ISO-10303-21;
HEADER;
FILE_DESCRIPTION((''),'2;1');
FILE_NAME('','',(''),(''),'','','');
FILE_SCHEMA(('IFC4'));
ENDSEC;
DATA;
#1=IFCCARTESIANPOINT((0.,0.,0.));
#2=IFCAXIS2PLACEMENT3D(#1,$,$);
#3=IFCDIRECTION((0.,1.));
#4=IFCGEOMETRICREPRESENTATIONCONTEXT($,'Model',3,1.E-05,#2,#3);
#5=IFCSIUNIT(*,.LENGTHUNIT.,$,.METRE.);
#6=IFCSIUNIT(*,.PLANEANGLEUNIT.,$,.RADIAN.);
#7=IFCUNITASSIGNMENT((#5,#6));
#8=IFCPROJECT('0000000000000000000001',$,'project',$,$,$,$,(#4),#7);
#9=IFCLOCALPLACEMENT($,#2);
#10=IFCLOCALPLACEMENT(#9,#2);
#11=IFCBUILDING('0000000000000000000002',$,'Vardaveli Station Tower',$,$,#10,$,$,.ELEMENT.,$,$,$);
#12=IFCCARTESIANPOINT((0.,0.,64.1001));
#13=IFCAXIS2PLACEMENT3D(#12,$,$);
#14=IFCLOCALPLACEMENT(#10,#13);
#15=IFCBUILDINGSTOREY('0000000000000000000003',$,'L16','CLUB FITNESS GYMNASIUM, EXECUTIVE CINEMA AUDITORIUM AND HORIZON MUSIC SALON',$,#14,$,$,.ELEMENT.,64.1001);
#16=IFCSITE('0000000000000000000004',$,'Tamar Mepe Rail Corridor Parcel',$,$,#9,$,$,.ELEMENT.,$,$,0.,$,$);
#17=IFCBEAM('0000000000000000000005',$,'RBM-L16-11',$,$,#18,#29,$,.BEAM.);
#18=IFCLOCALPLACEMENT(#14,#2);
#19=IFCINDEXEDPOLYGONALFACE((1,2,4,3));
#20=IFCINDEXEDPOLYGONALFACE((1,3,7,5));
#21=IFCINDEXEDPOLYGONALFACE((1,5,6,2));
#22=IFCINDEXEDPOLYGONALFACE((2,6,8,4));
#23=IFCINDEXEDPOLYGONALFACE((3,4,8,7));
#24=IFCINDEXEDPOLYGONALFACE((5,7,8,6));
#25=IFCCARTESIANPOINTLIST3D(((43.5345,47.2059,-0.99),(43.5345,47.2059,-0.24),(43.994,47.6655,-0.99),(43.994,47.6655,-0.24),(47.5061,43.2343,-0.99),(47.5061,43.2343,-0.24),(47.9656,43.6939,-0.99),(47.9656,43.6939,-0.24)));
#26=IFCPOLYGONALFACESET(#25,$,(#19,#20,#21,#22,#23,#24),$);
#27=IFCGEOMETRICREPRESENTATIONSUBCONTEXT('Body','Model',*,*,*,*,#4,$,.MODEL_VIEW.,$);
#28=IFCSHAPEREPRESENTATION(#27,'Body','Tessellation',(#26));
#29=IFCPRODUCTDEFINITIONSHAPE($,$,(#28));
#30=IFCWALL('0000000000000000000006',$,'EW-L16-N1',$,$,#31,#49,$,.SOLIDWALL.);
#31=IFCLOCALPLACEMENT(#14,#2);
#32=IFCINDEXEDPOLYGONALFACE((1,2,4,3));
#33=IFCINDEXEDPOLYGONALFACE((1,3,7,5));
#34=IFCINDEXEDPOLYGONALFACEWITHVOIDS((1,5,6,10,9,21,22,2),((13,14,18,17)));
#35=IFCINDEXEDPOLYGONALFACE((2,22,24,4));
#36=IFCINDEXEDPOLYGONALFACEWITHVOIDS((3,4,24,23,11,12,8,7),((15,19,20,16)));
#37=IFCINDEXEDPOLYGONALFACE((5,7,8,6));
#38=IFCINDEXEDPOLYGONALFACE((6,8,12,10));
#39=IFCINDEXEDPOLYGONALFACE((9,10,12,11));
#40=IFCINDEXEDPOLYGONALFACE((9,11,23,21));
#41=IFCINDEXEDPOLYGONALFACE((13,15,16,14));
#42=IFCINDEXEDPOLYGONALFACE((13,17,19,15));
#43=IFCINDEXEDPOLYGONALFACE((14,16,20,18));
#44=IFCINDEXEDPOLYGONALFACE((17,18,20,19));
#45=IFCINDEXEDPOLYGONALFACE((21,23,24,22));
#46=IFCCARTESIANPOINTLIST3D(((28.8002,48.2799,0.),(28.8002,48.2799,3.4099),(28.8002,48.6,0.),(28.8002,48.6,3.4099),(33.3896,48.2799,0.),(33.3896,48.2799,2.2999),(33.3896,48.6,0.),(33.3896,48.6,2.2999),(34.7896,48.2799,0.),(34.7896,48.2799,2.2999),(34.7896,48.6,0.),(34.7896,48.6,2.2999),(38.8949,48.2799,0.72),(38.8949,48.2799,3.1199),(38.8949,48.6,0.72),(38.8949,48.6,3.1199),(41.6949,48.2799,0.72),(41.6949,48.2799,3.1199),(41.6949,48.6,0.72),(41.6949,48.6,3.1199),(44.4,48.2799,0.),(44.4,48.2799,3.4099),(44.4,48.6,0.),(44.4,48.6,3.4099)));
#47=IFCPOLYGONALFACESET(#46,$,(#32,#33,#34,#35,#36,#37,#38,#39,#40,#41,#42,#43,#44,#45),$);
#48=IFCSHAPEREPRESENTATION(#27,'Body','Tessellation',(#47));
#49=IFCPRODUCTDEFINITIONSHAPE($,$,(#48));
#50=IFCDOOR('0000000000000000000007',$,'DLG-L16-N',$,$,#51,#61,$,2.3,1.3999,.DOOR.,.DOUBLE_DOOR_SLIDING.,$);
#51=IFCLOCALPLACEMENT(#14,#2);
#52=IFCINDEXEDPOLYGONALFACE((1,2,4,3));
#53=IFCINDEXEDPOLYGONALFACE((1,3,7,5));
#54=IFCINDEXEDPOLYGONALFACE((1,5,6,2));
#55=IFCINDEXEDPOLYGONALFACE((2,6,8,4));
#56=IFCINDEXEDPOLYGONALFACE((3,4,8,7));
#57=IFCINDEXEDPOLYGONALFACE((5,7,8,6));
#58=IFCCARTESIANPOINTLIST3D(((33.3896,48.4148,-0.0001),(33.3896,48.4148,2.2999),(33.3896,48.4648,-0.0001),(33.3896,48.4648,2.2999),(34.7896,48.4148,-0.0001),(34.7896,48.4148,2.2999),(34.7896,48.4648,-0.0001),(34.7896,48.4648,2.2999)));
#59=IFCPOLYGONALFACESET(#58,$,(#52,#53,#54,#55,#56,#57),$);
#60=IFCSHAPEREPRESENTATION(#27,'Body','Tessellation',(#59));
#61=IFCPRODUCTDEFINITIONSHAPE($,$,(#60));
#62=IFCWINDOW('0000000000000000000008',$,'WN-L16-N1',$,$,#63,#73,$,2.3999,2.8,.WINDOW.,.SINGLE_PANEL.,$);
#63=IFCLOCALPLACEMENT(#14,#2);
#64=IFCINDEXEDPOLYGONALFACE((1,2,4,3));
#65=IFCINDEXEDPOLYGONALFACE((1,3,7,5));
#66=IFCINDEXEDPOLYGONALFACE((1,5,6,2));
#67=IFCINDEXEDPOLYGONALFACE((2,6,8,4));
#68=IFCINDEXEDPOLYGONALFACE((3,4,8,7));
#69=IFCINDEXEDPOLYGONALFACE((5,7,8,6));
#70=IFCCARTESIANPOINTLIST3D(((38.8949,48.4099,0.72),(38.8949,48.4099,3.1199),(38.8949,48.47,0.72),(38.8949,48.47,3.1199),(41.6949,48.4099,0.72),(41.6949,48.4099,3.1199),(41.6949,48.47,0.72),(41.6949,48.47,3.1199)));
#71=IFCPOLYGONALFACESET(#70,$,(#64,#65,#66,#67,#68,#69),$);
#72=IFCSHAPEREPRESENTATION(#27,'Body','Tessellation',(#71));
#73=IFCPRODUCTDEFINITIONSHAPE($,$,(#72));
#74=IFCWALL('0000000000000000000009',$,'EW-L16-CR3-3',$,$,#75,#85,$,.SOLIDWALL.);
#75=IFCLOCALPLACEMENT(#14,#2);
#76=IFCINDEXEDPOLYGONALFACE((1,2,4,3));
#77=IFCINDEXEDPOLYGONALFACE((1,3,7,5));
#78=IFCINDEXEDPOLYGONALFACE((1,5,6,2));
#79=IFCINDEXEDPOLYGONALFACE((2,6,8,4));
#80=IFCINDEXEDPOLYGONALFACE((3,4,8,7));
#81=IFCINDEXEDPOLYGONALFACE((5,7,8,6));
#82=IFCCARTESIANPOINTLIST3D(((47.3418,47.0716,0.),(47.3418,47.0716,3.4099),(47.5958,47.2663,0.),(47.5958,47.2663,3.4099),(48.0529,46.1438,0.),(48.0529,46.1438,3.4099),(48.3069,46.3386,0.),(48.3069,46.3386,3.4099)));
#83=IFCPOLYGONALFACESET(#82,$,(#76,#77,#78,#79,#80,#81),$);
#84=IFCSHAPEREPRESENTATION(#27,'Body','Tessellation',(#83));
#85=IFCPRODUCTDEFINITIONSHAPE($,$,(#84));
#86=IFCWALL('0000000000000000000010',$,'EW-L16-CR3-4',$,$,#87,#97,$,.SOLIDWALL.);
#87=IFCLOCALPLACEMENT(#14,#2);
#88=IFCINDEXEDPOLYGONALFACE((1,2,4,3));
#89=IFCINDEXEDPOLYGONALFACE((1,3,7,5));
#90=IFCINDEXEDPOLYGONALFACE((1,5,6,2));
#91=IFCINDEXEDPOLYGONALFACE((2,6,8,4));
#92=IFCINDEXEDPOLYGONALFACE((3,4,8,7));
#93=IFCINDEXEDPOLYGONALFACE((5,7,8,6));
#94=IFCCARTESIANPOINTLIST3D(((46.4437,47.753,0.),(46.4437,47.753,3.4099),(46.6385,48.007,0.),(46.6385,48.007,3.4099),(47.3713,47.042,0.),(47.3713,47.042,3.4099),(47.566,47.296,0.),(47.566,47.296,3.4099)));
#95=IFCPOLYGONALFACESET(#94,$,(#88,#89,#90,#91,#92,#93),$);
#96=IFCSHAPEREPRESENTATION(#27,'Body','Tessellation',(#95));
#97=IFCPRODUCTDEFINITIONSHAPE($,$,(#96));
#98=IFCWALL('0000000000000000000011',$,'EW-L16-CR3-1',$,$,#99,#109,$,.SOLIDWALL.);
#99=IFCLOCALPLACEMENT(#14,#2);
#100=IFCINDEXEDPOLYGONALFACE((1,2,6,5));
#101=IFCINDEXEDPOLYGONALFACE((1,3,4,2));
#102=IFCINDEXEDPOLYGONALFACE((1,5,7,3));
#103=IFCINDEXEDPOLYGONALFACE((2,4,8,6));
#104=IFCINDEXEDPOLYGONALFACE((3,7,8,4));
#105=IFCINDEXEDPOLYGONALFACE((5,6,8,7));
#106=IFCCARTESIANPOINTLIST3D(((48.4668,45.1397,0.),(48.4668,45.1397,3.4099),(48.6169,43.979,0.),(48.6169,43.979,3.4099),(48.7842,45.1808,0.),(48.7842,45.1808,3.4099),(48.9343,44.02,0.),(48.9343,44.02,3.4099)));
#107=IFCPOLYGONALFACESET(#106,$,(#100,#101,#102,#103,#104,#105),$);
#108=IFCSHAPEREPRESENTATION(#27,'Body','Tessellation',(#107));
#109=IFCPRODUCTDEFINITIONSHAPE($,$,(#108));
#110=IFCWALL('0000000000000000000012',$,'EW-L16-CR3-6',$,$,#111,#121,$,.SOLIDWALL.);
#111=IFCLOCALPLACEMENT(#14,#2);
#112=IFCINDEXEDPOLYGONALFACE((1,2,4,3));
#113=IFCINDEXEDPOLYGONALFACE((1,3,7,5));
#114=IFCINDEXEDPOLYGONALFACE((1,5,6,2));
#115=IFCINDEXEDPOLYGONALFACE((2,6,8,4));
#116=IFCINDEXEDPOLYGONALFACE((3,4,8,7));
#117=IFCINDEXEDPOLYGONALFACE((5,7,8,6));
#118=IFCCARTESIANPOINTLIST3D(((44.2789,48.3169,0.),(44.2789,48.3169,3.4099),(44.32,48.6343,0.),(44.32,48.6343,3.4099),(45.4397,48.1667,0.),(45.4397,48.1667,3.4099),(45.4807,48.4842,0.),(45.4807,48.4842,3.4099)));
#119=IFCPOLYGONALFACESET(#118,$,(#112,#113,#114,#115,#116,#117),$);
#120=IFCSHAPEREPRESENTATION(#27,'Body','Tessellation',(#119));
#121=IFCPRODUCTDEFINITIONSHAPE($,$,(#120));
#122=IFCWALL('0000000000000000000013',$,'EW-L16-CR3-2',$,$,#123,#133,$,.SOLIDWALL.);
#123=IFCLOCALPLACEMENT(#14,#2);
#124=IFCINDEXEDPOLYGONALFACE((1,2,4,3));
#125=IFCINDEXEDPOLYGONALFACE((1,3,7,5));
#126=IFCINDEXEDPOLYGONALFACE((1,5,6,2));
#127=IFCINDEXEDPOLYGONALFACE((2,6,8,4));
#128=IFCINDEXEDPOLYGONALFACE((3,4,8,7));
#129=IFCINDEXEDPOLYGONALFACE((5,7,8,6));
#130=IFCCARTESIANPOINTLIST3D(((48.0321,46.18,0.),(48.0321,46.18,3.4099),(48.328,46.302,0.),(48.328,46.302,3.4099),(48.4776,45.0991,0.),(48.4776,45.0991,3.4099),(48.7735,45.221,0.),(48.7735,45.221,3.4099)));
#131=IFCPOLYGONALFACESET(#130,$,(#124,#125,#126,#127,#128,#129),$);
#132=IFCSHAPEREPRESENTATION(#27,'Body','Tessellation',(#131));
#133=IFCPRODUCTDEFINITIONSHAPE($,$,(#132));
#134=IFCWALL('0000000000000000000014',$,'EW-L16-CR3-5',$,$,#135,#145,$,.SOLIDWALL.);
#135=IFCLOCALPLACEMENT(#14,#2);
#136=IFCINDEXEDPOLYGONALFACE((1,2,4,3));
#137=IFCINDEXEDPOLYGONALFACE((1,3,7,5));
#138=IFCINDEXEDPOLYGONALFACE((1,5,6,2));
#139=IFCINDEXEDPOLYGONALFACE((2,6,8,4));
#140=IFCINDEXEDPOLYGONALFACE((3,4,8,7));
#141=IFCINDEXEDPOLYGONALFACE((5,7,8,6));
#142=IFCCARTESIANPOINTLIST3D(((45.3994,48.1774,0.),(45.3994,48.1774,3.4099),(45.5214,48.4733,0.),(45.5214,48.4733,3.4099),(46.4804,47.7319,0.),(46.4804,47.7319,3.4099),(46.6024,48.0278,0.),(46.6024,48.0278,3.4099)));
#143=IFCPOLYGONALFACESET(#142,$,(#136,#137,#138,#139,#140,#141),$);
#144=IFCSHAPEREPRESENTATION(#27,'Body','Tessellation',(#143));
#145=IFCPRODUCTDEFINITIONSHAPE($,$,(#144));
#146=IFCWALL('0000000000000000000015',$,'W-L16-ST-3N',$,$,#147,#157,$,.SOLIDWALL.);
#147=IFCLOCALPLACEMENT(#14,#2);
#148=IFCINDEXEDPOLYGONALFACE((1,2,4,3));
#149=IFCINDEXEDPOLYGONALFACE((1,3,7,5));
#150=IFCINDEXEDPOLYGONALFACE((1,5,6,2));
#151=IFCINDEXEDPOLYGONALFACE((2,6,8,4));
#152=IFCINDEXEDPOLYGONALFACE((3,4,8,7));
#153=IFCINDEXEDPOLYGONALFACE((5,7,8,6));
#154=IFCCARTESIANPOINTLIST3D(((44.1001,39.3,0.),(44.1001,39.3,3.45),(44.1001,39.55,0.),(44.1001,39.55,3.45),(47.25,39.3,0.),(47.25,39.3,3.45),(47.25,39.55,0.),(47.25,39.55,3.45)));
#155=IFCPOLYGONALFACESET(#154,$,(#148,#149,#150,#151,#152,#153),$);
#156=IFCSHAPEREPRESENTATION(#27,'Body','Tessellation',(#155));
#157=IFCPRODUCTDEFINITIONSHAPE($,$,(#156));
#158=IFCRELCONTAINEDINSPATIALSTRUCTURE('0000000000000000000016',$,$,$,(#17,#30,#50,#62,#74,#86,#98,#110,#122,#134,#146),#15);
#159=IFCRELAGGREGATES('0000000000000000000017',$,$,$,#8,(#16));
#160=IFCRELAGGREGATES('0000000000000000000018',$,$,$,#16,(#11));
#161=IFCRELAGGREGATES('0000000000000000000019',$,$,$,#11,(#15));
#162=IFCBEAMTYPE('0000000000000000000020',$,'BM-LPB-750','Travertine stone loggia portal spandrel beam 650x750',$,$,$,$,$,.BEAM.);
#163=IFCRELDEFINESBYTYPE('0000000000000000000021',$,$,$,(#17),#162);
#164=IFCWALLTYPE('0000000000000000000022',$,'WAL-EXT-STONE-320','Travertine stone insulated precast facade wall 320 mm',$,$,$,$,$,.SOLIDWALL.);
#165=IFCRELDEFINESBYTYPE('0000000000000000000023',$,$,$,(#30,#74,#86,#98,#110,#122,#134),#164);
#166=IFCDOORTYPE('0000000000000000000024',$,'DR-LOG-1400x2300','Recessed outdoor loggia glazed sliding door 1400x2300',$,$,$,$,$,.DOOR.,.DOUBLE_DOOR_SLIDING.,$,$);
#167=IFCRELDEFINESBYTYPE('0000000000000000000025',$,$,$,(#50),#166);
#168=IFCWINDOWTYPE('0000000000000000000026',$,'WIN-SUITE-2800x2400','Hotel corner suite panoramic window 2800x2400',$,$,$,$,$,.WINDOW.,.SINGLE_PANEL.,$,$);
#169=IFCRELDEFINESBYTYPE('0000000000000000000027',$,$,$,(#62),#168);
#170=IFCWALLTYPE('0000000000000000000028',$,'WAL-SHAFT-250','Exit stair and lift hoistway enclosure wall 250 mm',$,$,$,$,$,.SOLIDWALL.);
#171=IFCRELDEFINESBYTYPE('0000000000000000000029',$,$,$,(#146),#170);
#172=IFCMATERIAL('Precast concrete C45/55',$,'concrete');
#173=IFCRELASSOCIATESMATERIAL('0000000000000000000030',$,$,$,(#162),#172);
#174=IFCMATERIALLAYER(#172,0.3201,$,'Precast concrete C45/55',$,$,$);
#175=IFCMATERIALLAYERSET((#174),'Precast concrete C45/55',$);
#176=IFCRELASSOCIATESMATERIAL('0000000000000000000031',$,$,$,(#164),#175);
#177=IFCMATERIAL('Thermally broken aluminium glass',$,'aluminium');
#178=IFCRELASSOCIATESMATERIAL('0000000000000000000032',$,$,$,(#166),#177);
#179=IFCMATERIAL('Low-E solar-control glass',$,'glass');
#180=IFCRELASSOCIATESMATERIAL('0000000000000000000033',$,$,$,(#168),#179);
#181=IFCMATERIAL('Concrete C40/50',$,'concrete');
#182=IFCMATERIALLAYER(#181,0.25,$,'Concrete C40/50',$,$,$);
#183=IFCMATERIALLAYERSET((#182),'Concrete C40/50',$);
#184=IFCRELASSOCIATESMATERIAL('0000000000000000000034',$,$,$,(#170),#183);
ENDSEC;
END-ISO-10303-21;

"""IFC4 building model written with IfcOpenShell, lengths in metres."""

from ifc_helpers import new_model, si_unit, direction, frame, frame_2d, origin, origin_2d, place, context, subcontext, project, spatial, rectangle, extrude, source, transform, mapped, material, layer, layer_set, material_profile, profile_set, type_object, element, fill, save


model = new_model("IFC4")

# Units and contexts
model_context = context("Model", 3, precision=1e-05, world=origin(), true_north=direction((0.0, 1.0)))
body_context = subcontext(model_context, "Body", "Model", "MODEL_VIEW")
ifc_project = project(units=[si_unit("LENGTHUNIT", "METRE"), si_unit("PLANEANGLEUNIT", "RADIAN")], contexts=[model_context])

# Site, building, storey
site_placement = place(None, origin())
site = spatial("IfcSite", under=ifc_project, at=site_placement, Name="Tamar Mepe Rail Corridor Parcel", CompositionType="ELEMENT", RefElevation=0.0)
building_placement = place(site_placement, origin())
building = spatial("IfcBuilding", under=site, at=building_placement, Name="Vardaveli Station Tower", CompositionType="ELEMENT")
storey_placement = place(building_placement, frame((0.0, 0.0, 64.1001)))
storey = spatial("IfcBuildingStorey", under=building, at=storey_placement, Name="L16", Description="CLUB FITNESS GYMNASIUM, EXECUTIVE CINEMA AUDITORIUM AND HORIZON MUSIC SALON", CompositionType="ELEMENT", Elevation=64.1001)

# Beam
ifc_material_1 = material(Name="Precast concrete C45/55", Category="concrete")
ifc_material_profile_1 = material_profile(ifc_material_1, rectangle(XDim=0.6499, YDim=0.75, at=origin_2d()), Name="LPB 650x750")
ifc_profile_set_1 = profile_set([ifc_material_profile_1], Name="Precast concrete C45/55")
beam_type = type_object("IfcBeamType", Name="BM-LPB-750", Description="Travertine stone loggia portal spandrel beam 650x750", PredefinedType="BEAM", material=ifc_profile_set_1)
shared_shape_1 = source(origin(), body_context, "Body", "SweptSolid", [
    extrude(rectangle(XDim=0.6499, YDim=0.75, at=origin_2d()), origin(), (0.0, 0.0, 1.0), 5.6167),
])
beam_placement = place(storey_placement, frame((47.7358, 43.4641, -0.615), z_axis=(-0.707107, 0.707107, 0.0), x_axis=(-0.707107, -0.707107, 0.0)))
element("IfcBeam", 1, at=beam_placement, inside=storey, type_object=beam_type, Name="RBM-L16-11", PredefinedType="BEAM", context=body_context, shape_type="MappedRepresentation", body=[
    mapped(shared_shape_1, transform((0.0, 0.0, 0.0), scale=1.0)),
])

# Wall, openings, door, window
ifc_layer_1 = layer(ifc_material_1, 0.3201, Name="Precast concrete C45/55")
ifc_layer_set_1 = layer_set([ifc_layer_1], Name="Precast concrete C45/55")
wall_type_1 = type_object("IfcWallType", Name="WAL-EXT-STONE-320", Description="Travertine stone insulated precast facade wall 320 mm", PredefinedType="SOLIDWALL", material=ifc_layer_set_1)
shared_shape_2 = source(origin(), body_context, "Body", "SweptSolid", [
    extrude(rectangle(XDim=15.5999, YDim=0.3201, at=frame_2d((7.7998, 0.0))), origin(), (0.0, 0.0, 1.0), 3.4099),
])
wall_1_placement = place(storey_placement, frame((44.3999, 48.4399, 0.0), z_axis=(0.0, 0.0, 1.0), x_axis=(-1.0, 0.0, 0.0)))
wall_1 = element("IfcWall", 2, at=wall_1_placement, inside=storey, type_object=wall_type_1, Name="EW-L16-N1", PredefinedType="SOLIDWALL", context=body_context, shape_type="MappedRepresentation", body=[
    mapped(shared_shape_2, transform((0.0, 0.0, 0.0), scale=1.0)),
])
shared_shape_3 = source(origin(), body_context, "Body", "SweptSolid", [
    extrude(rectangle(XDim=1.3999, YDim=2.3, at=frame_2d((0.7, 1.1499))), frame((0.0, 0.1699, 0.0), z_axis=(0.0, -1.0, 0.0), x_axis=(1.0, 0.0, 0.0)), (0.0, 0.0, 1.0), 0.3401),
])
opening_1_placement = place(wall_1_placement, frame((9.6104, 0.0, 0.0)))
opening_1 = element("IfcOpeningElement", 3, at=opening_1_placement, cuts=wall_1, PredefinedType="OPENING", context=body_context, shape_type="MappedRepresentation", body=[
    mapped(shared_shape_3, transform((0.0, 0.0, 0.0), scale=1.0)),
])
shared_shape_4 = source(origin(), body_context, "Body", "SweptSolid", [
    extrude(rectangle(XDim=2.8, YDim=2.3999, at=frame_2d((1.3999, 1.2))), frame((0.0, 0.1699, 0.0), z_axis=(0.0, -1.0, 0.0), x_axis=(1.0, 0.0, 0.0)), (0.0, 0.0, 1.0), 0.3401),
])
opening_2_placement = place(wall_1_placement, frame((2.7051, 0.0, 0.72)))
opening_2 = element("IfcOpeningElement", 4, at=opening_2_placement, cuts=wall_1, PredefinedType="OPENING", context=body_context, shape_type="MappedRepresentation", body=[
    mapped(shared_shape_4, transform((0.0, 0.0, 0.0), scale=1.0)),
])
ifc_material_2 = material(Name="Thermally broken aluminium glass", Category="aluminium")
door_type = type_object("IfcDoorType", Name="DR-LOG-1400x2300", Description="Recessed outdoor loggia glazed sliding door 1400x2300", OperationType="DOUBLE_DOOR_SLIDING", PredefinedType="DOOR", material=ifc_material_2)
shared_shape_5 = source(origin(), body_context, "Body", "SweptSolid", [
    extrude(rectangle(XDim=1.3999, YDim=2.3, at=frame_2d((0.7, 1.1499))), frame((0.0, 0.0249, 0.0), z_axis=(0.0, -1.0, 0.0), x_axis=(1.0, 0.0, 0.0)), (0.0, 0.0, 1.0), 0.05),
])
door_placement = place(opening_1_placement, frame((1.3999, 0.0, 0.0), z_axis=(0.0, 0.0, 1.0), x_axis=(-1.0, 0.0, 0.0)))
door = element("IfcDoor", 5, at=door_placement, inside=storey, type_object=door_type, Name="DLG-L16-N", OperationType="DOUBLE_DOOR_SLIDING", OverallHeight=2.3, OverallWidth=1.3999, PredefinedType="DOOR", context=body_context, shape_type="MappedRepresentation", body=[
    mapped(shared_shape_5, transform((0.0, 0.0, 0.0), scale=1.0)),
])
fill(opening_1, door)
ifc_material_3 = material(Name="Low-E solar-control glass", Category="glass")
window_type = type_object("IfcWindowType", Name="WIN-SUITE-2800x2400", Description="Hotel corner suite panoramic window 2800x2400", PartitioningType="SINGLE_PANEL", PredefinedType="WINDOW", material=ifc_material_3)
shared_shape_6 = source(origin(), body_context, "Body", "SweptSolid", [
    extrude(rectangle(XDim=2.8, YDim=2.3999, at=frame_2d((1.3999, 1.2))), frame((0.0, 0.03, 0.0), z_axis=(0.0, -1.0, 0.0), x_axis=(1.0, 0.0, 0.0)), (0.0, 0.0, 1.0), 0.0601),
])
window_placement = place(opening_2_placement, origin())
window = element("IfcWindow", 6, at=window_placement, inside=storey, type_object=window_type, Name="WN-L16-N1", OverallHeight=2.3999, OverallWidth=2.8, PartitioningType="SINGLE_PANEL", PredefinedType="WINDOW", context=body_context, shape_type="MappedRepresentation", body=[
    mapped(shared_shape_6, transform((0.0, 0.0, 0.0), scale=1.0)),
])
fill(opening_2, window)

# Walls
shared_shape_7 = source(origin(), body_context, "Body", "SweptSolid", [
    extrude(rectangle(XDim=1.1689, YDim=0.3201, at=frame_2d((0.5845, 0.0))), origin(), (0.0, 0.0, 1.0), 3.4099),
])
wall_2_placement = place(storey_placement, frame((48.1799, 46.2412, 0.0), z_axis=(0.0, 0.0, 1.0), x_axis=(-0.608388, 0.79364, 0.0)))
element("IfcWall", 7, at=wall_2_placement, inside=storey, type_object=wall_type_1, Name="EW-L16-CR3-3", PredefinedType="SOLIDWALL", context=body_context, shape_type="MappedRepresentation", body=[
    mapped(shared_shape_7, transform((0.0, 0.0, 0.0), scale=1.0)),
])
shared_shape_8 = source(origin(), body_context, "Body", "SweptSolid", [
    extrude(rectangle(XDim=1.1687, YDim=0.3201, at=frame_2d((0.5845, 0.0))), origin(), (0.0, 0.0, 1.0), 3.4099),
])
wall_3_placement = place(storey_placement, frame((47.4688, 47.1689, 0.0), z_axis=(0.0, 0.0, 1.0), x_axis=(-0.793664, 0.608357, 0.0)))
element("IfcWall", 8, at=wall_3_placement, inside=storey, type_object=wall_type_1, Name="EW-L16-CR3-4", PredefinedType="SOLIDWALL", context=body_context, shape_type="MappedRepresentation", body=[
    mapped(shared_shape_8, transform((0.0, 0.0, 0.0), scale=1.0)),
])
shared_shape_9 = source(origin(), body_context, "Body", "SweptSolid", [
    extrude(rectangle(XDim=1.1704, YDim=0.3201, at=frame_2d((0.5852, 0.0))), origin(), (0.0, 0.0, 1.0), 3.4099),
])
for number, where, z_axis, x_axis, name in (
    (9, (48.7756, 43.9995, 0.0), (0.0, 0.0, 1.0), (-0.128296, 0.991736, 0.0), "EW-L16-CR3-1"),
    (10, (45.4602, 48.3254, 0.0), (0.0, 0.0, 1.0), (-0.991736, 0.128296, 0.0), "EW-L16-CR3-6"),
):
    element("IfcWall", number, at=place(storey_placement, frame(where, z_axis=z_axis, x_axis=x_axis)), inside=storey, type_object=wall_type_1, Name=name, PredefinedType="SOLIDWALL", context=body_context, shape_type="MappedRepresentation", body=[
        mapped(shared_shape_9, transform((0.0, 0.0, 0.0), scale=1.0)),
    ])
shared_shape_10 = source(origin(), body_context, "Body", "SweptSolid", [
    extrude(rectangle(XDim=1.1692, YDim=0.3201, at=frame_2d((0.5845, 0.0))), origin(), (0.0, 0.0, 1.0), 3.4099),
])
for number, where, z_axis, x_axis, name in (
    (11, (48.6255, 45.1602, 0.0), (0.0, 0.0, 1.0), (-0.381054, 0.924553, 0.0), "EW-L16-CR3-2"),
    (12, (46.5413, 47.8799, 0.0), (0.0, 0.0, 1.0), (-0.924553, 0.381054, 0.0), "EW-L16-CR3-5"),
):
    element("IfcWall", number, at=place(storey_placement, frame(where, z_axis=z_axis, x_axis=x_axis)), inside=storey, type_object=wall_type_1, Name=name, PredefinedType="SOLIDWALL", context=body_context, shape_type="MappedRepresentation", body=[
        mapped(shared_shape_10, transform((0.0, 0.0, 0.0), scale=1.0)),
    ])
ifc_material_4 = material(Name="Concrete C40/50", Category="concrete")
ifc_layer_2 = layer(ifc_material_4, 0.25, Name="Concrete C40/50")
ifc_layer_set_2 = layer_set([ifc_layer_2], Name="Concrete C40/50")
wall_type_2 = type_object("IfcWallType", Name="WAL-SHAFT-250", Description="Exit stair and lift hoistway enclosure wall 250 mm", PredefinedType="SOLIDWALL", material=ifc_layer_set_2)
shared_shape_11 = source(origin(), body_context, "Body", "SweptSolid", [
    extrude(rectangle(XDim=3.1499, YDim=0.25, at=frame_2d((1.575, 0.0))), origin(), (0.0, 0.0, 1.0), 3.45),
])
wall_4_placement = place(storey_placement, frame((44.1001, 39.425, 0.0), z_axis=(0.0, 0.0, 1.0), x_axis=(1.0, 0.0, 0.0)))
element("IfcWall", 13, at=wall_4_placement, inside=storey, type_object=wall_type_2, Name="W-L16-ST-3N", PredefinedType="SOLIDWALL", context=body_context, shape_type="MappedRepresentation", body=[
    mapped(shared_shape_11, transform((0.0, 0.0, 0.0), scale=1.0)),
])

save(model, "model.ifc")
